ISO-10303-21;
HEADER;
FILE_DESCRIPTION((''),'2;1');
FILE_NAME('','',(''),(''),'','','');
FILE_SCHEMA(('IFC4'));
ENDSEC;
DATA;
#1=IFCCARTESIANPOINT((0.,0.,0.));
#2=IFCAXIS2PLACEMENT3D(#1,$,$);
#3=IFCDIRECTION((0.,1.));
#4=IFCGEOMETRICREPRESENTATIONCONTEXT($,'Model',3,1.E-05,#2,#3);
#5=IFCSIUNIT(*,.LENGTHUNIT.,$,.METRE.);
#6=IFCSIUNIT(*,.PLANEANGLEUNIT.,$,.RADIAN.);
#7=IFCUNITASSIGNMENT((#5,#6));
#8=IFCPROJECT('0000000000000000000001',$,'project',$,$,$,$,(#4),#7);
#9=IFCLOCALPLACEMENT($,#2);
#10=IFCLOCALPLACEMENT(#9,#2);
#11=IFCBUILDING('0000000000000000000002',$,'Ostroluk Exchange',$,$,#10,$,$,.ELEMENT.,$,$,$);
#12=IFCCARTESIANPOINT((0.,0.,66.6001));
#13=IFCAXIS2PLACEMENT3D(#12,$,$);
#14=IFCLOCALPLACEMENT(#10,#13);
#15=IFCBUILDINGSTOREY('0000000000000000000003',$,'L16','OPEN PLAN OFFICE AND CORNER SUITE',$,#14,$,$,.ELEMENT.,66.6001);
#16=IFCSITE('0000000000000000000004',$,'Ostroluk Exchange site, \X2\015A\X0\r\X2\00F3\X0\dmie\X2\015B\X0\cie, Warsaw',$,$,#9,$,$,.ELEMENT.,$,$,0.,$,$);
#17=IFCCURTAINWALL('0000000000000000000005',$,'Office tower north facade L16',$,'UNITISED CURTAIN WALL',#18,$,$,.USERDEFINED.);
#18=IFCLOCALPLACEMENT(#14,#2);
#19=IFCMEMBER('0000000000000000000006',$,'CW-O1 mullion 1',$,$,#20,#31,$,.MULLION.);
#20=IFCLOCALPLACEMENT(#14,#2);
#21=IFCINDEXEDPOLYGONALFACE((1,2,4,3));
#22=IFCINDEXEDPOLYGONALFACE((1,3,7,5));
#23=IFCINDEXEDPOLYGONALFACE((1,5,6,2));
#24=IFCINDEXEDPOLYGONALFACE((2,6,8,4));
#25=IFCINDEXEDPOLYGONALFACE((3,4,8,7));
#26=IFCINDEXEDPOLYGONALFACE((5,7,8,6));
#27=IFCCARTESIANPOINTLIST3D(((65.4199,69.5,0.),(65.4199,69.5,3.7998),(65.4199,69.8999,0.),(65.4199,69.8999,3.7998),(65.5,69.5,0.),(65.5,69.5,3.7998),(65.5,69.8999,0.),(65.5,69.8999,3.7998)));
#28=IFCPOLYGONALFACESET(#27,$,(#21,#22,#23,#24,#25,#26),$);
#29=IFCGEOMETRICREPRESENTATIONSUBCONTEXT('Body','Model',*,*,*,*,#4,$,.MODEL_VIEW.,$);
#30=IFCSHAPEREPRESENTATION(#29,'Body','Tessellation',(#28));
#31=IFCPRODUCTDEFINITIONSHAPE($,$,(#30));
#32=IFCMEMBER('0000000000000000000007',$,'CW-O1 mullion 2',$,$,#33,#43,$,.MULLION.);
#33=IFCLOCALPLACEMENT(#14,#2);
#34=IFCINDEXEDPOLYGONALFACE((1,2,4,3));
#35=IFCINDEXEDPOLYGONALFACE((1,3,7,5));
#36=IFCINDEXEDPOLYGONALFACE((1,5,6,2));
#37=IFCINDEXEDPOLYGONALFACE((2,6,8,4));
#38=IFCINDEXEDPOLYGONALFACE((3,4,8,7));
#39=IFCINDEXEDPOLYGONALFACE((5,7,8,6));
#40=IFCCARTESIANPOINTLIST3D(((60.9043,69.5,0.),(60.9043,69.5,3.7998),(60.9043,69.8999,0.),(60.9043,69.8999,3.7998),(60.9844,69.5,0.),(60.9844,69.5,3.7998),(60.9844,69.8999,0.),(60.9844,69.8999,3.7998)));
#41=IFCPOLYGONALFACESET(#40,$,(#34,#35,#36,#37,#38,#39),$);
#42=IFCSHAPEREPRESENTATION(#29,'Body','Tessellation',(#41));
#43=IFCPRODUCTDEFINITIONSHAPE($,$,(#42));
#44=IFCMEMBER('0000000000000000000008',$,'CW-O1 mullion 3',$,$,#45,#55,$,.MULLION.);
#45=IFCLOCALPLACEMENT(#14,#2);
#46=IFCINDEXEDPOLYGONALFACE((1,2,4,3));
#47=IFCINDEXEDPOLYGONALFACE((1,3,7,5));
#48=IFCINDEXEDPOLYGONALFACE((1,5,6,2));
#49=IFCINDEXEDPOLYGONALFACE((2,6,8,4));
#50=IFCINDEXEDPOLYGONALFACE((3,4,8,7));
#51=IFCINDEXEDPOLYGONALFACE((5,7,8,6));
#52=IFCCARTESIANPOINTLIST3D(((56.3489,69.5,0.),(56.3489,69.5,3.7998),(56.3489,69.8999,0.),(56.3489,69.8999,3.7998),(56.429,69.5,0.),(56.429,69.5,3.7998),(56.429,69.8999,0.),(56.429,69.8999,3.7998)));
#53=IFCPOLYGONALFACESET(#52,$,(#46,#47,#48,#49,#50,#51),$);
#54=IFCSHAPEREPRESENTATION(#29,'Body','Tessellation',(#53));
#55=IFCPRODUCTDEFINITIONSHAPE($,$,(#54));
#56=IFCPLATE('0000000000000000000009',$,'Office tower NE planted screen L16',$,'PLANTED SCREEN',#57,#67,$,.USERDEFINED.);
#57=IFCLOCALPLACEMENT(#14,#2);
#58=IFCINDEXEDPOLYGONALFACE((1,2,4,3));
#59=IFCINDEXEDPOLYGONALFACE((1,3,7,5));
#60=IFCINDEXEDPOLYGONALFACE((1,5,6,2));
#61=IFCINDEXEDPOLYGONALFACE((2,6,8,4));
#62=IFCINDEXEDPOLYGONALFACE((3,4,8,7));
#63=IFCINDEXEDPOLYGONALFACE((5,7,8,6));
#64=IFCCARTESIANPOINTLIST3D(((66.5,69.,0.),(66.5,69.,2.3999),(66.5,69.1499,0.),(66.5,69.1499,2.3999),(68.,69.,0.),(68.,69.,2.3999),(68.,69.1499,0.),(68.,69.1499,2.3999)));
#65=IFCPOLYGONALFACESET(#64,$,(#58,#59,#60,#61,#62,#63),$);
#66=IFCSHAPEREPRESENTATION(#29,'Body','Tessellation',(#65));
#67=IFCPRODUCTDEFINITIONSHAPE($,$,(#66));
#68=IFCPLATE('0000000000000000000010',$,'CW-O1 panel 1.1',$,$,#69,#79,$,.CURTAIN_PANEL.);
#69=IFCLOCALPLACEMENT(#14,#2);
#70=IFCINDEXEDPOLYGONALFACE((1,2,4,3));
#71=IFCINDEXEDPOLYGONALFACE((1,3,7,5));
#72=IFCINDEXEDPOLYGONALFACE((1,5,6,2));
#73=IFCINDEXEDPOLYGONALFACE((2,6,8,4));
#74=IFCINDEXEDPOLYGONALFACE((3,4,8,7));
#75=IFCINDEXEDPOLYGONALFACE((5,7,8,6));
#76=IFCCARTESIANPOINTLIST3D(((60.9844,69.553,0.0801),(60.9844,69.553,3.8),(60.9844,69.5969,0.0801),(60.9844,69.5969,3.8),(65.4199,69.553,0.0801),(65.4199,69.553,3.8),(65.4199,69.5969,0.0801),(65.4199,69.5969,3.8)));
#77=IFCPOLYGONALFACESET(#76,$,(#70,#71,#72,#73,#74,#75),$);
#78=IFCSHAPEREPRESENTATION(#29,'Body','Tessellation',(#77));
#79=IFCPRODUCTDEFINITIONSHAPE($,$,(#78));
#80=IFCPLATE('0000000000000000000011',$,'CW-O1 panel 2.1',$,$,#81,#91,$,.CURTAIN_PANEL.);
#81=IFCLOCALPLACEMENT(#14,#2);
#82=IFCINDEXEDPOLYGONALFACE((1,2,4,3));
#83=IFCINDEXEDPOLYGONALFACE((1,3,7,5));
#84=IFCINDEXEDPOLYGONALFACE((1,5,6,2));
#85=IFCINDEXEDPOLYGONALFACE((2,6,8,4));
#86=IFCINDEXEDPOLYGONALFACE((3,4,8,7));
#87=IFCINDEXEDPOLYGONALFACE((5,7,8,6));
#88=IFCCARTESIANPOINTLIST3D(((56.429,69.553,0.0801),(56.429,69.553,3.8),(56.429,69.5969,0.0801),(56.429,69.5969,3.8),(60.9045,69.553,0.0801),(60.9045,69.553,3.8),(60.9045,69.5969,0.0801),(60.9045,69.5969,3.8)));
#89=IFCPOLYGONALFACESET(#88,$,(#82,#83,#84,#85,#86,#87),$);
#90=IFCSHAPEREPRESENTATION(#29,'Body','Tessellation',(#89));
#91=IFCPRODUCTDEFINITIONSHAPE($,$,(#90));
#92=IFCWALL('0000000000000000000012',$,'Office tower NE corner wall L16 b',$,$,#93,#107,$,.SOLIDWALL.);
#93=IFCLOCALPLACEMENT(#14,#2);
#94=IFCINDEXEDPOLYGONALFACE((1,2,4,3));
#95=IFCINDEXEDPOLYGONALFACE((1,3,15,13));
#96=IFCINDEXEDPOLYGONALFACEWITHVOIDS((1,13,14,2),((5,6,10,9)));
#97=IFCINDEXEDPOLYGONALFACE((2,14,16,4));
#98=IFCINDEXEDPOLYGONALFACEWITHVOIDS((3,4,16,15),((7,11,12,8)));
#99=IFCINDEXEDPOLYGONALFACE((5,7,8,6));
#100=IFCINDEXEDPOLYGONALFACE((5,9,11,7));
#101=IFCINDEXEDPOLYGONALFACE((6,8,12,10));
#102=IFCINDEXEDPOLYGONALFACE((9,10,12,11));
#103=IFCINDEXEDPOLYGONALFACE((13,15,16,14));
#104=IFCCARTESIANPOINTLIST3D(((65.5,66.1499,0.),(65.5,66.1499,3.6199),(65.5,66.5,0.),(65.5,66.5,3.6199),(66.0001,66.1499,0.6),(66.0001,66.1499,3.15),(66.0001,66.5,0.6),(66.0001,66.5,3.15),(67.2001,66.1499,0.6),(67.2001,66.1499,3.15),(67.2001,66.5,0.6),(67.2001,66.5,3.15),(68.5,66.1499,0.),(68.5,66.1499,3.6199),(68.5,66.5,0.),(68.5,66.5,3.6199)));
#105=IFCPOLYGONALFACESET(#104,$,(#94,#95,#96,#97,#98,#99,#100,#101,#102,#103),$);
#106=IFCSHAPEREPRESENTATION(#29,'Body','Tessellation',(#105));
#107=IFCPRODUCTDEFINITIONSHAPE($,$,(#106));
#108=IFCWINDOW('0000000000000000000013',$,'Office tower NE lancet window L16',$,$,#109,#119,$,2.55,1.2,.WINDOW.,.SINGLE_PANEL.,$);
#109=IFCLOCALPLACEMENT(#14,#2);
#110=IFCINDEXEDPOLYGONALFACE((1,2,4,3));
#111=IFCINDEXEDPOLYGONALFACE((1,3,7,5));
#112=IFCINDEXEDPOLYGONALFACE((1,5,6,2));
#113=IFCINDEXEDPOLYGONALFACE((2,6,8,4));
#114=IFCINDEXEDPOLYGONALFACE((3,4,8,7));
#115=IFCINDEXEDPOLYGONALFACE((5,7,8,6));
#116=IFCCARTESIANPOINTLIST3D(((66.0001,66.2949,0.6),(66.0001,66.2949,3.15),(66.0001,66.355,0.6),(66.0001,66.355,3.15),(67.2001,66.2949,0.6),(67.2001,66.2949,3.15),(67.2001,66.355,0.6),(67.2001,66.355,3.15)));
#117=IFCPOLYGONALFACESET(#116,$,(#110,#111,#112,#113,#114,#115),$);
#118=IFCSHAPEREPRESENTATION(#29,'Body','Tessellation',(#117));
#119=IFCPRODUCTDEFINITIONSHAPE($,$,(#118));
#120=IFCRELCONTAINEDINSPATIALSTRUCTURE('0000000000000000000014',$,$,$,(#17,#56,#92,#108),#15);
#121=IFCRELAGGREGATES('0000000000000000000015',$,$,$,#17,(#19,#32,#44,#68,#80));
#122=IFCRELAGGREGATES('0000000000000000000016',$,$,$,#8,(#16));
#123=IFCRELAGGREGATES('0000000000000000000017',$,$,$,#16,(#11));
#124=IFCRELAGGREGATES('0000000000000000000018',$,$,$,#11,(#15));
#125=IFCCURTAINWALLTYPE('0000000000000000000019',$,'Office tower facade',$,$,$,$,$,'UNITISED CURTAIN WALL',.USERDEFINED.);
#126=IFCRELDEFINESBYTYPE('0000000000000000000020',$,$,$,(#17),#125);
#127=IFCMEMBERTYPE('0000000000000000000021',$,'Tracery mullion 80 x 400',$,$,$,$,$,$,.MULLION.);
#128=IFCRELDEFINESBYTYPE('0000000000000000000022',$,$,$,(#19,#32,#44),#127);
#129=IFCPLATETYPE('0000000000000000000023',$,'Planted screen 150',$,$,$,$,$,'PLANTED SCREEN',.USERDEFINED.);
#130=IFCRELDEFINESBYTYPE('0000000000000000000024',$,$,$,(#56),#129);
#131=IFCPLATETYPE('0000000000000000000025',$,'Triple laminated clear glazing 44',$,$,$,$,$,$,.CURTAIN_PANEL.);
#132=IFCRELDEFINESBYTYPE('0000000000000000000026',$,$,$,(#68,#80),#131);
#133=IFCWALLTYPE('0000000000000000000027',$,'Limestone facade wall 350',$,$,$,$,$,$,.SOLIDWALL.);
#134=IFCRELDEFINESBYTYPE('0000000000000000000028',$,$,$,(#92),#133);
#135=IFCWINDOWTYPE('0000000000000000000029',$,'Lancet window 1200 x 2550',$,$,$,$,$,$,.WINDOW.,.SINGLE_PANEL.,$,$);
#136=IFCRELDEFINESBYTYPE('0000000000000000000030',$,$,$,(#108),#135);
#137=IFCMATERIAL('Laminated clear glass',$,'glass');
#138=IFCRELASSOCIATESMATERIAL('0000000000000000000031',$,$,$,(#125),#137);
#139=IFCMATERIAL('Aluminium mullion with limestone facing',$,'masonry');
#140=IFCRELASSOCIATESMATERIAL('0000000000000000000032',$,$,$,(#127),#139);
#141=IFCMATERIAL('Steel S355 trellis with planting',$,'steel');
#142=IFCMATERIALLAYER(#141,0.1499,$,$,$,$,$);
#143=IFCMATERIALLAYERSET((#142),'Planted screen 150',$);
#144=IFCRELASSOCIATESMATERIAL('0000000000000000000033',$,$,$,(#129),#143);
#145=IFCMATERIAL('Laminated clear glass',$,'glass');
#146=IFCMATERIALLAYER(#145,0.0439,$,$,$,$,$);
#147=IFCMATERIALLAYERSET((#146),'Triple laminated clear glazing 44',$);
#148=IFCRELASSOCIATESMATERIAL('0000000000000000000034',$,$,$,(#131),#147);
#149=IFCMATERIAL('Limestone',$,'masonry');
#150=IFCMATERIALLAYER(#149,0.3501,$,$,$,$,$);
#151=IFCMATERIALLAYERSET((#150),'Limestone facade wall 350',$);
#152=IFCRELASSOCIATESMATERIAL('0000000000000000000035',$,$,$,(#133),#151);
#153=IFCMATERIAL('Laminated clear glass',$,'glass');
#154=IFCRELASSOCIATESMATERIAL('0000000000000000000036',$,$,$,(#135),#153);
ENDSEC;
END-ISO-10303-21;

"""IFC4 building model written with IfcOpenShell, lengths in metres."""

from ifc_helpers import new_model, si_unit, direction, frame, frame_2d, origin, origin_2d, place, context, subcontext, project, spatial, rectangle, extrude, material, layer, layer_set, material_profile, profile_set, type_object, element, fill, aggregate, save


model = new_model("IFC4")

# Units and contexts
model_context = context("Model", 3, precision=1e-05, world=origin(), true_north=direction((0.0, 1.0)))
body_context = subcontext(model_context, "Body", "Model", "MODEL_VIEW")
ifc_project = project(units=[si_unit("LENGTHUNIT", "METRE"), si_unit("PLANEANGLEUNIT", "RADIAN")], contexts=[model_context])

# Site, building, storey
site_placement = place(None, origin())
site = spatial("IfcSite", under=ifc_project, at=site_placement, Name="Ostroluk Exchange site, Śródmieście, Warsaw", CompositionType="ELEMENT", RefElevation=0.0)
building_placement = place(site_placement, origin())
building = spatial("IfcBuilding", under=site, at=building_placement, Name="Ostroluk Exchange", CompositionType="ELEMENT")
storey_placement = place(building_placement, frame((0.0, 0.0, 66.6001)))
storey = spatial("IfcBuildingStorey", under=building, at=storey_placement, Name="L16", Description="OPEN PLAN OFFICE AND CORNER SUITE", CompositionType="ELEMENT", Elevation=66.6001)

# Curtain wall, members
ifc_material_1 = material(Name="Laminated clear glass", Category="glass")
curtain_wall_type = type_object("IfcCurtainWallType", Name="Office tower facade", ElementType="UNITISED CURTAIN WALL", PredefinedType="USERDEFINED", material=ifc_material_1)
curtain_wall_placement = place(storey_placement, origin())
curtain_wall = element("IfcCurtainWall", 1, at=curtain_wall_placement, inside=storey, type_object=curtain_wall_type, Name="Office tower north facade L16", ObjectType="UNITISED CURTAIN WALL", PredefinedType="USERDEFINED")
ifc_material_2 = material(Name="Aluminium mullion with limestone facing", Category="masonry")
ifc_material_profile_1 = material_profile(ifc_material_2, rectangle(XDim=0.3999, YDim=0.0801, at=origin_2d()), Name="Tracery mullion 80 x 400")
ifc_profile_set_1 = profile_set([ifc_material_profile_1], Name="Aluminium mullion with limestone facing")
member_type_1 = type_object("IfcMemberType", Name="Tracery mullion 80 x 400", PredefinedType="MULLION", material=ifc_profile_set_1)
member_1_placement = place(storey_placement, frame((65.46, 69.7, 0.0), z_axis=(0.0, 0.0, 1.0), x_axis=(0.0, -1.0, 0.0)))
member_1 = element("IfcMember", 2, at=member_1_placement, type_object=member_type_1, Name="CW-O1 mullion 1", PredefinedType="MULLION", context=body_context, shape_type="SweptSolid", body=[
    extrude(rectangle(XDim=0.3999, YDim=0.0801, at=origin_2d()), origin(), (0.0, 0.0, 1.0), 3.7998),
])
member_2_placement = place(storey_placement, frame((60.9443, 69.7, 0.0), z_axis=(0.0, 0.0, 1.0), x_axis=(0.0, -1.0, 0.0)))
member_2 = element("IfcMember", 3, at=member_2_placement, type_object=member_type_1, Name="CW-O1 mullion 2", PredefinedType="MULLION", context=body_context, shape_type="SweptSolid", body=[
    extrude(rectangle(XDim=0.3999, YDim=0.0801, at=origin_2d()), origin(), (0.0, 0.0, 1.0), 3.7998),
])
member_3_placement = place(storey_placement, frame((56.3889, 69.7, 0.0), z_axis=(0.0, 0.0, 1.0), x_axis=(0.0, -1.0, 0.0)))
member_3 = element("IfcMember", 4, at=member_3_placement, type_object=member_type_1, Name="CW-O1 mullion 3", PredefinedType="MULLION", context=body_context, shape_type="SweptSolid", body=[
    extrude(rectangle(XDim=0.3999, YDim=0.0801, at=origin_2d()), origin(), (0.0, 0.0, 1.0), 3.7998),
])

# Plates
ifc_material_3 = material(Name="Steel S355 trellis with planting", Category="steel")
ifc_layer_1 = layer(ifc_material_3, 0.1499)
ifc_layer_set_1 = layer_set([ifc_layer_1], Name="Planted screen 150")
plate_type_1 = type_object("IfcPlateType", Name="Planted screen 150", ElementType="PLANTED SCREEN", PredefinedType="USERDEFINED", material=ifc_layer_set_1)
plate_1_placement = place(storey_placement, frame((67.25, 69.075, 0.0), z_axis=(0.0, 0.0, 1.0), x_axis=(1.0, 0.0, 0.0)))
element("IfcPlate", 5, at=plate_1_placement, inside=storey, type_object=plate_type_1, Name="Office tower NE planted screen L16", ObjectType="PLANTED SCREEN", PredefinedType="USERDEFINED", context=body_context, shape_type="SweptSolid", body=[
    extrude(rectangle(XDim=1.5, YDim=0.1499, at=origin_2d()), origin(), (0.0, 0.0, 1.0), 2.3999),
])
ifc_material_4 = material(Name="Laminated clear glass", Category="glass")
ifc_layer_2 = layer(ifc_material_4, 0.0439)
ifc_layer_set_2 = layer_set([ifc_layer_2], Name="Triple laminated clear glazing 44")
plate_type_2 = type_object("IfcPlateType", Name="Triple laminated clear glazing 44", PredefinedType="CURTAIN_PANEL", material=ifc_layer_set_2)
plate_2_placement = place(storey_placement, frame((63.2021, 69.575, 0.0801), z_axis=(0.0, 0.0, 1.0), x_axis=(-1.0, 0.0, 0.0)))
plate_2 = element("IfcPlate", 6, at=plate_2_placement, type_object=plate_type_2, Name="CW-O1 panel 1.1", PredefinedType="CURTAIN_PANEL", context=body_context, shape_type="SweptSolid", body=[
    extrude(rectangle(XDim=4.4355, YDim=0.0439, at=origin_2d()), origin(), (0.0, 0.0, 1.0), 3.72),
])
plate_3_placement = place(storey_placement, frame((58.6667, 69.575, 0.0801), z_axis=(0.0, 0.0, 1.0), x_axis=(-1.0, 0.0, 0.0)))
plate_3 = element("IfcPlate", 7, at=plate_3_placement, type_object=plate_type_2, Name="CW-O1 panel 2.1", PredefinedType="CURTAIN_PANEL", context=body_context, shape_type="SweptSolid", body=[
    extrude(rectangle(XDim=4.4756, YDim=0.0439, at=origin_2d()), origin(), (0.0, 0.0, 1.0), 3.72),
])
aggregate(curtain_wall, [member_1, member_2, member_3, plate_2, plate_3])

# Shared definitions
ifc_material_5 = material(Name="Limestone", Category="masonry")
ifc_layer_3 = layer(ifc_material_5, 0.3501)
ifc_layer_set_3 = layer_set([ifc_layer_3], Name="Limestone facade wall 350")
wall_type = type_object("IfcWallType", Name="Limestone facade wall 350", PredefinedType="SOLIDWALL", material=ifc_layer_set_3)

# Wall, opening, window
wall_1_placement = place(storey_placement, frame((65.5, 66.325, 0.0), z_axis=(0.0, 0.0, 1.0), x_axis=(1.0, 0.0, 0.0)))
wall_1 = element("IfcWall", 8, at=wall_1_placement, inside=storey, type_object=wall_type, Name="Office tower NE corner wall L16 b", PredefinedType="SOLIDWALL", context=body_context, shape_type="SweptSolid", body=[
    extrude(rectangle(XDim=3.0, YDim=0.3501, at=frame_2d((1.5, 0.0))), origin(), (0.0, 0.0, 1.0), 3.6199),
])
opening_1_placement = place(wall_1_placement, frame((0.5, 0.0, 0.6001)))
opening_1 = element("IfcOpeningElement", 9, at=opening_1_placement, cuts=wall_1, PredefinedType="OPENING", context=body_context, shape_type="SweptSolid", body=[
    extrude(rectangle(XDim=1.2, YDim=2.55, at=frame_2d((0.6001, 1.2749))), frame((0.0, 0.1851, 0.0), z_axis=(0.0, -1.0, 0.0), x_axis=(1.0, 0.0, 0.0)), (0.0, 0.0, 1.0), 0.3701),
])
ifc_material_6 = material(Name="Laminated clear glass", Category="glass")
window_type = type_object("IfcWindowType", Name="Lancet window 1200 x 2550", PartitioningType="SINGLE_PANEL", PredefinedType="WINDOW", material=ifc_material_6)
window_placement = place(opening_1_placement, origin())
window = element("IfcWindow", 10, at=window_placement, inside=storey, type_object=window_type, Name="Office tower NE lancet window L16", OverallHeight=2.55, OverallWidth=1.2, PartitioningType="SINGLE_PANEL", PredefinedType="WINDOW", context=body_context, shape_type="SweptSolid", body=[
    extrude(rectangle(XDim=1.2, YDim=2.55, at=frame_2d((0.6001, 1.2749))), frame((0.0, 0.03, 0.0), z_axis=(0.0, -1.0, 0.0), x_axis=(1.0, 0.0, 0.0)), (0.0, 0.0, 1.0), 0.0601),
])
fill(opening_1, window)

save(model, "model.ifc")
